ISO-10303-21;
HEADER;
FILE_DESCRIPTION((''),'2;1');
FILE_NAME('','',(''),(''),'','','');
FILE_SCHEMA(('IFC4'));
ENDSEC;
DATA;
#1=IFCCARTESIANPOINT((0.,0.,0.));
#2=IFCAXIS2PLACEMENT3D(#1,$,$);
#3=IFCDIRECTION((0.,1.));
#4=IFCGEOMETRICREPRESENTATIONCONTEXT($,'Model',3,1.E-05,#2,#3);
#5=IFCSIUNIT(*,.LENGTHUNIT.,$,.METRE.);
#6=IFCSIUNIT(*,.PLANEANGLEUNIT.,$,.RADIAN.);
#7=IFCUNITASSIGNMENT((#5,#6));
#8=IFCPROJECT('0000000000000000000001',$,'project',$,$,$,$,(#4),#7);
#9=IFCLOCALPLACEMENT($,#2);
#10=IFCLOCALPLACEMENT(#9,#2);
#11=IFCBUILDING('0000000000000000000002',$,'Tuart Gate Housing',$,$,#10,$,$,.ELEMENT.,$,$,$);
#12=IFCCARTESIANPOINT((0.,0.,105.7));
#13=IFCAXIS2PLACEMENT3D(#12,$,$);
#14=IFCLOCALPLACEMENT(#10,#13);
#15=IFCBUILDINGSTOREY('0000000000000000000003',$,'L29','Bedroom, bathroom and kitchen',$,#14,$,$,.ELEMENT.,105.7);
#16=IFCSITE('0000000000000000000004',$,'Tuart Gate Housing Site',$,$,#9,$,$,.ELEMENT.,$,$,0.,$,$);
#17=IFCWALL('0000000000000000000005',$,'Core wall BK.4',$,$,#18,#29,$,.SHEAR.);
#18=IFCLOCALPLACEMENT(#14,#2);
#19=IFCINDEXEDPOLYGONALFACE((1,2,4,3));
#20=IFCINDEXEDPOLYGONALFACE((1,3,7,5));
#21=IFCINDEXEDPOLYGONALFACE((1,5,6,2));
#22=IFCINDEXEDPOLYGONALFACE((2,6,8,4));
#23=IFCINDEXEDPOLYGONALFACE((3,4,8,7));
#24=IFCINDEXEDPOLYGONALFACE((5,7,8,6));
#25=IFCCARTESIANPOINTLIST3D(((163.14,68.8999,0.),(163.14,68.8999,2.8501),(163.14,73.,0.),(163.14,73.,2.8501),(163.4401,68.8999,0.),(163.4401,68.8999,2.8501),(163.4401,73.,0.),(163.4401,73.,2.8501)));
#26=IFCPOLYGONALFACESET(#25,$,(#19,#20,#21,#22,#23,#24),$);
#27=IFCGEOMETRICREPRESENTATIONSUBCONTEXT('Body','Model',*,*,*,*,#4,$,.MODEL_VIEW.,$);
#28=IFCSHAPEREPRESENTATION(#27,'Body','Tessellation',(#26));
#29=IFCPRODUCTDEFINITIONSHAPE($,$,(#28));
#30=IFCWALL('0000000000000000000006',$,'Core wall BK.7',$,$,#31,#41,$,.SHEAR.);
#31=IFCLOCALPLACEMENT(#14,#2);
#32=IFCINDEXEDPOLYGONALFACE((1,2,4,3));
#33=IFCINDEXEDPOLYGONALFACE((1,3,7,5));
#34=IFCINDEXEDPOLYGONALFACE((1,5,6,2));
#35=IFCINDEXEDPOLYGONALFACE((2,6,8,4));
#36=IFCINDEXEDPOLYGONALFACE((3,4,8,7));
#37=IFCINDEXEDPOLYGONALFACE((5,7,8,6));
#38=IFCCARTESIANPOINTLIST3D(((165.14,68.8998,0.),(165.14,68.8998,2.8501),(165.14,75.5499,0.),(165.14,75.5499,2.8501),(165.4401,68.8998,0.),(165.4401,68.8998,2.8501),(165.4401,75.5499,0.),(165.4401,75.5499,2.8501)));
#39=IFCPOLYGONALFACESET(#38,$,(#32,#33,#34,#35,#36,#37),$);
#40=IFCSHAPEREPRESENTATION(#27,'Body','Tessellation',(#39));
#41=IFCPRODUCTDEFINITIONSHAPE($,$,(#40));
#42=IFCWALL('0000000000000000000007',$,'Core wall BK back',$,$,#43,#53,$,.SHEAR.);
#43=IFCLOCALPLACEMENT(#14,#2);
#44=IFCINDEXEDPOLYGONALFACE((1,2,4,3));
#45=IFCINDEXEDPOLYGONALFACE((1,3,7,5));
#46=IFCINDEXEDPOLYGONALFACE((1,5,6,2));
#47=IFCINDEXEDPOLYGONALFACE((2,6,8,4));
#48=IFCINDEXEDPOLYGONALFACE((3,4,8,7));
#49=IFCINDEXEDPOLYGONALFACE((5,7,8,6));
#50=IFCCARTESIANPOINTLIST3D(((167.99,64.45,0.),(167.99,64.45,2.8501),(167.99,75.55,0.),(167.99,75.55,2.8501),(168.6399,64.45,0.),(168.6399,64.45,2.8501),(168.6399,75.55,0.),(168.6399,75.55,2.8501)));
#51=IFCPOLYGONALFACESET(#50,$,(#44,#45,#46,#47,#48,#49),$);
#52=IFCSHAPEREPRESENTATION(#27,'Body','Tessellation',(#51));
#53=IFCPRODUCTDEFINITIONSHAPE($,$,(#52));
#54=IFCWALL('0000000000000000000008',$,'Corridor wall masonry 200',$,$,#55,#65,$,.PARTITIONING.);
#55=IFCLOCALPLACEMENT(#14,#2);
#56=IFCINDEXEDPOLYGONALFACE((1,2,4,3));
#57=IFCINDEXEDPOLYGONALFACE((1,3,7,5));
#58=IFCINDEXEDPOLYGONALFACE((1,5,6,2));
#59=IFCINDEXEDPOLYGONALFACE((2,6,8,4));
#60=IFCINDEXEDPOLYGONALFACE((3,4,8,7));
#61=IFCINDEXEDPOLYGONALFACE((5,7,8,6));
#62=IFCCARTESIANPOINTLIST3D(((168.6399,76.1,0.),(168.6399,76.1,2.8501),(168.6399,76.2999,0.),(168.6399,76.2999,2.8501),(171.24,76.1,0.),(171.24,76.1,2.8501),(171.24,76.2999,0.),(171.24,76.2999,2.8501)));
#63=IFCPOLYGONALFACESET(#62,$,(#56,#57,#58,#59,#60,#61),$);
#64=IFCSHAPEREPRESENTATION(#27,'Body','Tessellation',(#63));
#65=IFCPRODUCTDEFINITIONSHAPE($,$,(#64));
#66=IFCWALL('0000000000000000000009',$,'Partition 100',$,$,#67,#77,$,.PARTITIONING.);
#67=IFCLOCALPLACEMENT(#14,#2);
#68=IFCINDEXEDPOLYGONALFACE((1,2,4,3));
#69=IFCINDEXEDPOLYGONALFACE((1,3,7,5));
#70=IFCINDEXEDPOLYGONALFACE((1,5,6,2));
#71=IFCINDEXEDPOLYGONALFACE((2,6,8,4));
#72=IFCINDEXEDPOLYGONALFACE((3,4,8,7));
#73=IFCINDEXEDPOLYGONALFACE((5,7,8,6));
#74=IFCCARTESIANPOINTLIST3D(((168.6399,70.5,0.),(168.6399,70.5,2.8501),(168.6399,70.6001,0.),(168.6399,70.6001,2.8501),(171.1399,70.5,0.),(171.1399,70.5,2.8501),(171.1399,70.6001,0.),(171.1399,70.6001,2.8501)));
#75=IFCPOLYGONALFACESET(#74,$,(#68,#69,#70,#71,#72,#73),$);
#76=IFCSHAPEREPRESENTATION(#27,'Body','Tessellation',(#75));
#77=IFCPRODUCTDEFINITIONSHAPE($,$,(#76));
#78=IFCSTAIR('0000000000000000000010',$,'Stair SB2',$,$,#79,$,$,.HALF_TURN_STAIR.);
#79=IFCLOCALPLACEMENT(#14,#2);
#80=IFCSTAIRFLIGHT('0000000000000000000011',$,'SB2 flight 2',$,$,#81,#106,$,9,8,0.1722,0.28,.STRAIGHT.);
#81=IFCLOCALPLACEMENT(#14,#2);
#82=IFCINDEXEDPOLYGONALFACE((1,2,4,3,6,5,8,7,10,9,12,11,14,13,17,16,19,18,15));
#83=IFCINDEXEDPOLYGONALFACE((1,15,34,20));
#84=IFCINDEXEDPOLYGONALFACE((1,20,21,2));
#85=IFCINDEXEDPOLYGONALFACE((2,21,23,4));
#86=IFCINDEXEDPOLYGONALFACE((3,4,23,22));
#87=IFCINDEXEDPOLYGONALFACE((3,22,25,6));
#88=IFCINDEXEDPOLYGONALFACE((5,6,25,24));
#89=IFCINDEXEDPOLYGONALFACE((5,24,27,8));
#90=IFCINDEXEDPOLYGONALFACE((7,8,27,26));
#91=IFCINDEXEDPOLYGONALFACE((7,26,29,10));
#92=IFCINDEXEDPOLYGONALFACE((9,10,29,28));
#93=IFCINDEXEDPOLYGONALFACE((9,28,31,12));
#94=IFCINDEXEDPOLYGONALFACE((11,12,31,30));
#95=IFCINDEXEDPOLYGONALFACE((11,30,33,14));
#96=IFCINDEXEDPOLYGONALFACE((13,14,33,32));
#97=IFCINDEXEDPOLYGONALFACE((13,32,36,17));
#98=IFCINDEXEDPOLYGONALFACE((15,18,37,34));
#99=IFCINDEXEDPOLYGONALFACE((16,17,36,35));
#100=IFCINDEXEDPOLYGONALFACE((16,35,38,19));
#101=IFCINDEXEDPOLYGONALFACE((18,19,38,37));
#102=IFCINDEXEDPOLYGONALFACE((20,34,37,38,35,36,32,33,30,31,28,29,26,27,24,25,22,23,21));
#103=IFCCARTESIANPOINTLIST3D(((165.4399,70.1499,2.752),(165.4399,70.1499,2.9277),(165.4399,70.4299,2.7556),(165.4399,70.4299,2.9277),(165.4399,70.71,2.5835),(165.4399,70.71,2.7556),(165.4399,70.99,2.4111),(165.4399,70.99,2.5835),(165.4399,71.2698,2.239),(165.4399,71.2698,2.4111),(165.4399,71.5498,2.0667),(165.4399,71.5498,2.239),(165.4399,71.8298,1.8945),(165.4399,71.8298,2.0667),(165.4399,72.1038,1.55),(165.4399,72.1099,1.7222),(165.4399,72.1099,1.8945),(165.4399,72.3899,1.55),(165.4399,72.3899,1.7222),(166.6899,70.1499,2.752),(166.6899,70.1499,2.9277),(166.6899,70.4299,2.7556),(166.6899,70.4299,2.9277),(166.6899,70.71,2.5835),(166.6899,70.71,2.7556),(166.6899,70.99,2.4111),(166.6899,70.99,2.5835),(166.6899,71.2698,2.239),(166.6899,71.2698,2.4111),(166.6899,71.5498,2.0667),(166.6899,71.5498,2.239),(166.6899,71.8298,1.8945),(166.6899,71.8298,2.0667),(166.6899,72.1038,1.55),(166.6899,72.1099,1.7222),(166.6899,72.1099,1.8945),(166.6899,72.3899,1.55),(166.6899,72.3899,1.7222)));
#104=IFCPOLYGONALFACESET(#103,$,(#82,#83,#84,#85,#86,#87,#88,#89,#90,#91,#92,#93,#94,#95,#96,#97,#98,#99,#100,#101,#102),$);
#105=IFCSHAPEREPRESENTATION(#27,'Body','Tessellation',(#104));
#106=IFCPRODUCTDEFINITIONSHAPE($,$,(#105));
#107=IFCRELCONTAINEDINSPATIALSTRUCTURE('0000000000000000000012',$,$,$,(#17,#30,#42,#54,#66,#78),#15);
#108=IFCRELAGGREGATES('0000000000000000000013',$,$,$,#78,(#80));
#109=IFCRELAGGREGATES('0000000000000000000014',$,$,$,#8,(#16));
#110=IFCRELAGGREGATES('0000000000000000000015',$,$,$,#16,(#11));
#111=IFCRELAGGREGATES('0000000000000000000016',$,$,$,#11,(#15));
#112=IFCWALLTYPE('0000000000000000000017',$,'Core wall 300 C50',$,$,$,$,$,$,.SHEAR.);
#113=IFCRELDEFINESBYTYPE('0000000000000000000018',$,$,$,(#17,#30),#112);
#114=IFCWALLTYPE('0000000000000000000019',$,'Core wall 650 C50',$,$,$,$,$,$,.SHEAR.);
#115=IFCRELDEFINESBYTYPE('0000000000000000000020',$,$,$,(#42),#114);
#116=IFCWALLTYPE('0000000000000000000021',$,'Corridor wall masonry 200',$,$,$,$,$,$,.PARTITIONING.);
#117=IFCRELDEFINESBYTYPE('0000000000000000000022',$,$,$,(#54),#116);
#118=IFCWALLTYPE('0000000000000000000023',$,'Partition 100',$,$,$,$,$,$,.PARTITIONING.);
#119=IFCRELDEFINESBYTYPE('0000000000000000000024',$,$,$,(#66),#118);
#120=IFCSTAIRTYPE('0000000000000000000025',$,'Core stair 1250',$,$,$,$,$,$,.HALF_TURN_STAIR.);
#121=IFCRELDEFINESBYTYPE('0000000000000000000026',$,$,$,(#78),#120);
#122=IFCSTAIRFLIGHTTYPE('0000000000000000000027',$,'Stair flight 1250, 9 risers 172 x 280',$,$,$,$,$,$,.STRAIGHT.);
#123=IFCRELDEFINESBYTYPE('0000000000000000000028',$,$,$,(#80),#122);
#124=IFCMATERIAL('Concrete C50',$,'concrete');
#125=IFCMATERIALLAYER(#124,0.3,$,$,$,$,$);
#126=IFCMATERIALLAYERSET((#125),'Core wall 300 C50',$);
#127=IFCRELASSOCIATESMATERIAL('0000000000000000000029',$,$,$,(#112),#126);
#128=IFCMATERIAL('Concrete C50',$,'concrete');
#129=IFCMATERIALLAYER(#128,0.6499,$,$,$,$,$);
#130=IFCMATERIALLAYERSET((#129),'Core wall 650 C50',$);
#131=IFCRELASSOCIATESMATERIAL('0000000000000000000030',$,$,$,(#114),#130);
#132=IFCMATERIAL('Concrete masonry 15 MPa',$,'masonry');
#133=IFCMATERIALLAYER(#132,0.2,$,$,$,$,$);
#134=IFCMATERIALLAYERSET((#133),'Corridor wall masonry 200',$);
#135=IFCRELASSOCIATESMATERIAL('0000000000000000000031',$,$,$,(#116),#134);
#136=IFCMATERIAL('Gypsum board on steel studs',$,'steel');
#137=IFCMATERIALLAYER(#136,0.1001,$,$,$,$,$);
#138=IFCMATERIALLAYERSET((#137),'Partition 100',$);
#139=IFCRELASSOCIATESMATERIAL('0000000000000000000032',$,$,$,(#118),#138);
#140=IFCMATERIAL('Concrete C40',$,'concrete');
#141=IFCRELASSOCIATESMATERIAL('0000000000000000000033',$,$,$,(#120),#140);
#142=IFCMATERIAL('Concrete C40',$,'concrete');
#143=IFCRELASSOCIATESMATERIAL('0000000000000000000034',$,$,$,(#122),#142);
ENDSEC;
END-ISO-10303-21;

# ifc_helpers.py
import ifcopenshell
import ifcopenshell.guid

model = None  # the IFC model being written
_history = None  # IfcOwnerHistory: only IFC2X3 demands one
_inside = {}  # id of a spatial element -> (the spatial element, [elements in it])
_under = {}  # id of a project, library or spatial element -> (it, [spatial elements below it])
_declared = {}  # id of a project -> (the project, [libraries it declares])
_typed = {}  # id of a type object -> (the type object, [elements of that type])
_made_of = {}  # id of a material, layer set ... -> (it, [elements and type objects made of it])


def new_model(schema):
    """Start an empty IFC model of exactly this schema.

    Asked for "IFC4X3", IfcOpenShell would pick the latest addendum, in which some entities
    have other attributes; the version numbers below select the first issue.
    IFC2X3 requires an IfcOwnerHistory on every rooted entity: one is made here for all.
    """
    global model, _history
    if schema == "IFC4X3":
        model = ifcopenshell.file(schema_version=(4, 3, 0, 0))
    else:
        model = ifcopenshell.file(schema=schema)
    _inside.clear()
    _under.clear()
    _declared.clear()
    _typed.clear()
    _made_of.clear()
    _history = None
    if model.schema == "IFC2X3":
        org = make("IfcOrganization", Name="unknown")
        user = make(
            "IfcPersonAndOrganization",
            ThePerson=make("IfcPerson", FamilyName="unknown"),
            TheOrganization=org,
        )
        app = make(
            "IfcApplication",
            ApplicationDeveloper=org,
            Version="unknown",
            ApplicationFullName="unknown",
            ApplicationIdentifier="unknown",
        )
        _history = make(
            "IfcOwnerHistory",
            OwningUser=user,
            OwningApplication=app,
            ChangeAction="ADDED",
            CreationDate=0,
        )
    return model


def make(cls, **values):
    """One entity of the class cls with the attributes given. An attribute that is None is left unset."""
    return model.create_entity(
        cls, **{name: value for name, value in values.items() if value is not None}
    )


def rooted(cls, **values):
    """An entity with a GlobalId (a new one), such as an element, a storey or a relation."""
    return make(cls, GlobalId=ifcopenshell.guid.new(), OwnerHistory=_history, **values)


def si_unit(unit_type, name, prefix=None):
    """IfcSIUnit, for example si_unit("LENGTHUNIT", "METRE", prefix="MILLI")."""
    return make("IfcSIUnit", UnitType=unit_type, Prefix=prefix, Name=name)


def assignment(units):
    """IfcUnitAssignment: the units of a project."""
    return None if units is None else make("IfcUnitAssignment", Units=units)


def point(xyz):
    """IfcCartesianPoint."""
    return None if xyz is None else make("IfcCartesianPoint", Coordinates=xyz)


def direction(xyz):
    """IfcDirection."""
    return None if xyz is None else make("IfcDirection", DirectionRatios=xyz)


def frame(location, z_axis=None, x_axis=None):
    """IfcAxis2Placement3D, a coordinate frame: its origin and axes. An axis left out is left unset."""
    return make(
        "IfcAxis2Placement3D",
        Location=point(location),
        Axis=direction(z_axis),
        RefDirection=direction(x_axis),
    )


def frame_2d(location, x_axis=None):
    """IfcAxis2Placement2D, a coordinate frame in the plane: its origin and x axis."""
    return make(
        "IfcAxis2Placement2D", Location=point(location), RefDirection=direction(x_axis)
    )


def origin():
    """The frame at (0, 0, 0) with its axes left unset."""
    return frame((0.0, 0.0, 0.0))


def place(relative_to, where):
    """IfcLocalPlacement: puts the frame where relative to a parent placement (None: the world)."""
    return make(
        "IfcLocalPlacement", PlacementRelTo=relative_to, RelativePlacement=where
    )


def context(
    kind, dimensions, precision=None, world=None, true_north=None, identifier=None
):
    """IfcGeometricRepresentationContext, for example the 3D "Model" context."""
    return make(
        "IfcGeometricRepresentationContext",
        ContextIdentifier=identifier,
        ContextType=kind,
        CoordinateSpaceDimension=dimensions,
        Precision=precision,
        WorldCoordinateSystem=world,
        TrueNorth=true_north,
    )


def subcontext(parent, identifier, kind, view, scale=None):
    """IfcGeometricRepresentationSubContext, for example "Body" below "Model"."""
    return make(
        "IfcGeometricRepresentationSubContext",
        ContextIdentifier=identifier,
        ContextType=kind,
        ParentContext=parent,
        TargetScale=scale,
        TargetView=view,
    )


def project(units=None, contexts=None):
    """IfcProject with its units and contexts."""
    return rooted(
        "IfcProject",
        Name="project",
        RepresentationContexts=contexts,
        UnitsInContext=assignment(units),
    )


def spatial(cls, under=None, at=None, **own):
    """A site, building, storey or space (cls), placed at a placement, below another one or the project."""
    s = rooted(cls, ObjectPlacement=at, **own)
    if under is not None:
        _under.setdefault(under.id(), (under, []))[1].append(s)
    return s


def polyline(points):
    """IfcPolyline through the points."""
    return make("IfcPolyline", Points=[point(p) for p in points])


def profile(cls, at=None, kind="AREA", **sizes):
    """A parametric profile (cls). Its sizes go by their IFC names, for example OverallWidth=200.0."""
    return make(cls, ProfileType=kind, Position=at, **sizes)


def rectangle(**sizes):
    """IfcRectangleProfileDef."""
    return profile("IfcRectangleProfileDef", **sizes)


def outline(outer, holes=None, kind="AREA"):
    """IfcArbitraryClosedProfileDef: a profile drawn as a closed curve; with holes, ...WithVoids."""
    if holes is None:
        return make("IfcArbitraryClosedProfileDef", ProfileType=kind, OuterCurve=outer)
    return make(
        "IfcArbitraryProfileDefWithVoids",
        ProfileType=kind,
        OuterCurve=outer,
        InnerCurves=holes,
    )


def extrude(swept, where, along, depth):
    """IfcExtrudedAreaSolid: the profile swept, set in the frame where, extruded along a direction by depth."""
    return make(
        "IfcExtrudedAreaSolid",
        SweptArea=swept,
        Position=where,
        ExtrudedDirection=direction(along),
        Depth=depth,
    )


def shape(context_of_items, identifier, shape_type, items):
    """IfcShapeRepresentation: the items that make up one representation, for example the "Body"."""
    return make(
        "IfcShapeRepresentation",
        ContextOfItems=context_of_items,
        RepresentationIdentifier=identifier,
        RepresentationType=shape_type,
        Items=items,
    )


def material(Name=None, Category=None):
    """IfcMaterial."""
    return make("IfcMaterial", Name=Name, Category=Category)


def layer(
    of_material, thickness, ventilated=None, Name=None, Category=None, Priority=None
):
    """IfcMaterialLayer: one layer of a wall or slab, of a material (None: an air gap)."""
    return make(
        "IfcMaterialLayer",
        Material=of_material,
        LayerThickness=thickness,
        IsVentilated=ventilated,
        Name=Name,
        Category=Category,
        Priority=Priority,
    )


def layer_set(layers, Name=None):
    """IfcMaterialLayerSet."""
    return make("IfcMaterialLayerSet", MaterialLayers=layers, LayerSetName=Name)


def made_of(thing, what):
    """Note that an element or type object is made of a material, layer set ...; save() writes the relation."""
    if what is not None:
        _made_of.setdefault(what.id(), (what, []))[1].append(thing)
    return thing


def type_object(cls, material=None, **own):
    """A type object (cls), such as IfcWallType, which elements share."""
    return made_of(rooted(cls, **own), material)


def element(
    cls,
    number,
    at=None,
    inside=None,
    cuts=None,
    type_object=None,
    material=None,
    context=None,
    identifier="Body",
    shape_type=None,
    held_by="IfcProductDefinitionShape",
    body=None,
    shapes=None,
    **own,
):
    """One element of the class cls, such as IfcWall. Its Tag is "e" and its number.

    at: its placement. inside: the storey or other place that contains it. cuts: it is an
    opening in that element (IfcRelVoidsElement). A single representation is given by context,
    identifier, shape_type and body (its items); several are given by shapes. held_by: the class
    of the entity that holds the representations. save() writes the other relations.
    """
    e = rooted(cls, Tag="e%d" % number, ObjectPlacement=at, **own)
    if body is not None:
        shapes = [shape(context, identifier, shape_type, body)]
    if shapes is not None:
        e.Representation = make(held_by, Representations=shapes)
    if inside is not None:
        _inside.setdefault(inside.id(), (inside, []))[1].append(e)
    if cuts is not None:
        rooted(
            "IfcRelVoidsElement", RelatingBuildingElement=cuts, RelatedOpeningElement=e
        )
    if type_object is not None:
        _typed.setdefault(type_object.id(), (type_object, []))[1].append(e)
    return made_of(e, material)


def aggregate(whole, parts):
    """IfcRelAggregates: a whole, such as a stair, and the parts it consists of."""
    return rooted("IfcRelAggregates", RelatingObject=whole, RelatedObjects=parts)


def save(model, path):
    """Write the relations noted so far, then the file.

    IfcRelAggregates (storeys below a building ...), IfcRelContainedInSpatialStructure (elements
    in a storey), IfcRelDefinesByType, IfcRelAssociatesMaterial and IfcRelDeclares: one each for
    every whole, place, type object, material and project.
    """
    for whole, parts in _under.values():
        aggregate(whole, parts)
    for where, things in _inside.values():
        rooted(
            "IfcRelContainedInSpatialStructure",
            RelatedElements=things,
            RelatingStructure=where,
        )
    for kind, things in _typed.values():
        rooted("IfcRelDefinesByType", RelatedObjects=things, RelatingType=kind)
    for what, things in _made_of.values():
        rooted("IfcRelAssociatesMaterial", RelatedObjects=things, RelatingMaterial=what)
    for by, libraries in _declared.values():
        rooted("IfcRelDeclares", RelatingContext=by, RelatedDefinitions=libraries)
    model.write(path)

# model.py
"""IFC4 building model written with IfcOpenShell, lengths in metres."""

from ifc_helpers import new_model, si_unit, direction, frame, frame_2d, origin, place, context, subcontext, project, spatial, polyline, rectangle, outline, extrude, material, layer, layer_set, type_object, element, aggregate, save


model = new_model("IFC4")

# Units and contexts
model_context = context("Model", 3, precision=1e-05, world=origin(), true_north=direction((0.0, 1.0)))
body_context = subcontext(model_context, "Body", "Model", "MODEL_VIEW")
ifc_project = project(units=[si_unit("LENGTHUNIT", "METRE"), si_unit("PLANEANGLEUNIT", "RADIAN")], contexts=[model_context])

# Site, building, storey
site_placement = place(None, origin())
site = spatial("IfcSite", under=ifc_project, at=site_placement, Name="Tuart Gate Housing Site", CompositionType="ELEMENT", RefElevation=0.0)
building_placement = place(site_placement, origin())
building = spatial("IfcBuilding", under=site, at=building_placement, Name="Tuart Gate Housing", CompositionType="ELEMENT")
storey_placement = place(building_placement, frame((0.0, 0.0, 105.7)))
storey = spatial("IfcBuildingStorey", under=building, at=storey_placement, Name="L29", Description="Bedroom, bathroom and kitchen", CompositionType="ELEMENT", Elevation=105.7)

# Walls
ifc_material_1 = material(Name="Concrete C50", Category="concrete")
ifc_layer_1 = layer(ifc_material_1, 0.3)
ifc_layer_set_1 = layer_set([ifc_layer_1], Name="Core wall 300 C50")
wall_type_1 = type_object("IfcWallType", Name="Core wall 300 C50", PredefinedType="SHEAR", material=ifc_layer_set_1)
wall_1_placement = place(storey_placement, frame((163.29, 73.0, 0.0), z_axis=(0.0, 0.0, 1.0), x_axis=(0.0, -1.0, 0.0)))
element("IfcWall", 1, at=wall_1_placement, inside=storey, type_object=wall_type_1, Name="Core wall BK.4", PredefinedType="SHEAR", context=body_context, shape_type="SweptSolid", body=[
    extrude(rectangle(XDim=4.1001, YDim=0.3, at=frame_2d((2.05, 0.0))), origin(), (0.0, 0.0, 1.0), 2.8501),
])
wall_2_placement = place(storey_placement, frame((165.29, 75.55, 0.0), z_axis=(0.0, 0.0, 1.0), x_axis=(0.0, -1.0, 0.0)))
element("IfcWall", 2, at=wall_2_placement, inside=storey, type_object=wall_type_1, Name="Core wall BK.7", PredefinedType="SHEAR", context=body_context, shape_type="SweptSolid", body=[
    extrude(rectangle(XDim=6.6501, YDim=0.3, at=frame_2d((3.3252, 0.0))), origin(), (0.0, 0.0, 1.0), 2.8501),
])
ifc_material_2 = material(Name="Concrete C50", Category="concrete")
ifc_layer_2 = layer(ifc_material_2, 0.6499)
ifc_layer_set_2 = layer_set([ifc_layer_2], Name="Core wall 650 C50")
wall_type_2 = type_object("IfcWallType", Name="Core wall 650 C50", PredefinedType="SHEAR", material=ifc_layer_set_2)
wall_3_placement = place(storey_placement, frame((168.3149, 75.55, 0.0), z_axis=(0.0, 0.0, 1.0), x_axis=(0.0, -1.0, 0.0)))
element("IfcWall", 3, at=wall_3_placement, inside=storey, type_object=wall_type_2, Name="Core wall BK back", PredefinedType="SHEAR", context=body_context, shape_type="SweptSolid", body=[
    extrude(rectangle(XDim=11.1001, YDim=0.6499, at=frame_2d((5.55, 0.0))), origin(), (0.0, 0.0, 1.0), 2.8501),
])
ifc_material_3 = material(Name="Concrete masonry 15 MPa", Category="masonry")
ifc_layer_3 = layer(ifc_material_3, 0.2)
ifc_layer_set_3 = layer_set([ifc_layer_3], Name="Corridor wall masonry 200")
wall_type_3 = type_object("IfcWallType", Name="Corridor wall masonry 200", PredefinedType="PARTITIONING", material=ifc_layer_set_3)
wall_4_placement = place(storey_placement, frame((168.6399, 76.2, 0.0), z_axis=(0.0, 0.0, 1.0), x_axis=(1.0, 0.0, 0.0)))
element("IfcWall", 4, at=wall_4_placement, inside=storey, type_object=wall_type_3, Name="Corridor wall masonry 200", PredefinedType="PARTITIONING", context=body_context, shape_type="SweptSolid", body=[
    extrude(rectangle(XDim=2.6001, YDim=0.2, at=frame_2d((1.3, 0.0))), origin(), (0.0, 0.0, 1.0), 2.8501),
])
ifc_material_4 = material(Name="Gypsum board on steel studs", Category="steel")
ifc_layer_4 = layer(ifc_material_4, 0.1001)
ifc_layer_set_4 = layer_set([ifc_layer_4], Name="Partition 100")
wall_type_4 = type_object("IfcWallType", Name="Partition 100", PredefinedType="PARTITIONING", material=ifc_layer_set_4)
wall_5_placement = place(storey_placement, frame((168.6399, 70.55, 0.0), z_axis=(0.0, 0.0, 1.0), x_axis=(1.0, 0.0, 0.0)))
element("IfcWall", 5, at=wall_5_placement, inside=storey, type_object=wall_type_4, Name="Partition 100", PredefinedType="PARTITIONING", context=body_context, shape_type="SweptSolid", body=[
    extrude(rectangle(XDim=2.5, YDim=0.1001, at=frame_2d((1.25, 0.0))), origin(), (0.0, 0.0, 1.0), 2.8501),
])

# Stair, stair flight
ifc_material_5 = material(Name="Concrete C40", Category="concrete")
stair_type = type_object("IfcStairType", Name="Core stair 1250", PredefinedType="HALF_TURN_STAIR", material=ifc_material_5)
stair_placement = place(storey_placement, origin())
stair = element("IfcStair", 6, at=stair_placement, inside=storey, type_object=stair_type, Name="Stair SB2", PredefinedType="HALF_TURN_STAIR")
ifc_material_6 = material(Name="Concrete C40", Category="concrete")
stair_flight_type = type_object("IfcStairFlightType", Name="Stair flight 1250, 9 risers 172 x 280", PredefinedType="STRAIGHT", material=ifc_material_6)
stair_flight_placement = place(storey_placement, frame((166.0649, 72.3899, 1.55), z_axis=(0.0, 0.0, 1.0), x_axis=(0.0, -1.0, 0.0)))
stair_flight = element("IfcStairFlight", 7, at=stair_flight_placement, type_object=stair_flight_type, Name="SB2 flight 2", NumberOfRisers=9, NumberOfTreads=8, PredefinedType="STRAIGHT", RiserHeight=0.1722, TreadLength=0.28, context=body_context, shape_type="SweptSolid", body=[
    extrude(outline(polyline([(0.0, 0.0), (0.0, 0.1721), (0.28, 0.1721), (0.28, 0.3445), (0.5601, 0.3445), (0.5601, 0.5166), (0.8401, 0.5166), (0.8401, 0.689), (1.1201, 0.689), (1.1201, 0.8611), (1.3999, 0.8611), (1.3999, 1.0334), (1.6799, 1.0334), (1.6799, 1.2056), (1.96, 1.2056), (1.96, 1.3777), (2.24, 1.3777), (2.24, 1.55), (2.24, 1.2019), (0.2861, 0.0), (0.0, 0.0)])), frame((0.0, 0.625, 0.0), z_axis=(0.0, -1.0, 0.0), x_axis=(1.0, 0.0, 0.0)), (0.0, 0.0, 1.0), 1.25),
])
aggregate(stair, [stair_flight])

save(model, "model.ifc")
